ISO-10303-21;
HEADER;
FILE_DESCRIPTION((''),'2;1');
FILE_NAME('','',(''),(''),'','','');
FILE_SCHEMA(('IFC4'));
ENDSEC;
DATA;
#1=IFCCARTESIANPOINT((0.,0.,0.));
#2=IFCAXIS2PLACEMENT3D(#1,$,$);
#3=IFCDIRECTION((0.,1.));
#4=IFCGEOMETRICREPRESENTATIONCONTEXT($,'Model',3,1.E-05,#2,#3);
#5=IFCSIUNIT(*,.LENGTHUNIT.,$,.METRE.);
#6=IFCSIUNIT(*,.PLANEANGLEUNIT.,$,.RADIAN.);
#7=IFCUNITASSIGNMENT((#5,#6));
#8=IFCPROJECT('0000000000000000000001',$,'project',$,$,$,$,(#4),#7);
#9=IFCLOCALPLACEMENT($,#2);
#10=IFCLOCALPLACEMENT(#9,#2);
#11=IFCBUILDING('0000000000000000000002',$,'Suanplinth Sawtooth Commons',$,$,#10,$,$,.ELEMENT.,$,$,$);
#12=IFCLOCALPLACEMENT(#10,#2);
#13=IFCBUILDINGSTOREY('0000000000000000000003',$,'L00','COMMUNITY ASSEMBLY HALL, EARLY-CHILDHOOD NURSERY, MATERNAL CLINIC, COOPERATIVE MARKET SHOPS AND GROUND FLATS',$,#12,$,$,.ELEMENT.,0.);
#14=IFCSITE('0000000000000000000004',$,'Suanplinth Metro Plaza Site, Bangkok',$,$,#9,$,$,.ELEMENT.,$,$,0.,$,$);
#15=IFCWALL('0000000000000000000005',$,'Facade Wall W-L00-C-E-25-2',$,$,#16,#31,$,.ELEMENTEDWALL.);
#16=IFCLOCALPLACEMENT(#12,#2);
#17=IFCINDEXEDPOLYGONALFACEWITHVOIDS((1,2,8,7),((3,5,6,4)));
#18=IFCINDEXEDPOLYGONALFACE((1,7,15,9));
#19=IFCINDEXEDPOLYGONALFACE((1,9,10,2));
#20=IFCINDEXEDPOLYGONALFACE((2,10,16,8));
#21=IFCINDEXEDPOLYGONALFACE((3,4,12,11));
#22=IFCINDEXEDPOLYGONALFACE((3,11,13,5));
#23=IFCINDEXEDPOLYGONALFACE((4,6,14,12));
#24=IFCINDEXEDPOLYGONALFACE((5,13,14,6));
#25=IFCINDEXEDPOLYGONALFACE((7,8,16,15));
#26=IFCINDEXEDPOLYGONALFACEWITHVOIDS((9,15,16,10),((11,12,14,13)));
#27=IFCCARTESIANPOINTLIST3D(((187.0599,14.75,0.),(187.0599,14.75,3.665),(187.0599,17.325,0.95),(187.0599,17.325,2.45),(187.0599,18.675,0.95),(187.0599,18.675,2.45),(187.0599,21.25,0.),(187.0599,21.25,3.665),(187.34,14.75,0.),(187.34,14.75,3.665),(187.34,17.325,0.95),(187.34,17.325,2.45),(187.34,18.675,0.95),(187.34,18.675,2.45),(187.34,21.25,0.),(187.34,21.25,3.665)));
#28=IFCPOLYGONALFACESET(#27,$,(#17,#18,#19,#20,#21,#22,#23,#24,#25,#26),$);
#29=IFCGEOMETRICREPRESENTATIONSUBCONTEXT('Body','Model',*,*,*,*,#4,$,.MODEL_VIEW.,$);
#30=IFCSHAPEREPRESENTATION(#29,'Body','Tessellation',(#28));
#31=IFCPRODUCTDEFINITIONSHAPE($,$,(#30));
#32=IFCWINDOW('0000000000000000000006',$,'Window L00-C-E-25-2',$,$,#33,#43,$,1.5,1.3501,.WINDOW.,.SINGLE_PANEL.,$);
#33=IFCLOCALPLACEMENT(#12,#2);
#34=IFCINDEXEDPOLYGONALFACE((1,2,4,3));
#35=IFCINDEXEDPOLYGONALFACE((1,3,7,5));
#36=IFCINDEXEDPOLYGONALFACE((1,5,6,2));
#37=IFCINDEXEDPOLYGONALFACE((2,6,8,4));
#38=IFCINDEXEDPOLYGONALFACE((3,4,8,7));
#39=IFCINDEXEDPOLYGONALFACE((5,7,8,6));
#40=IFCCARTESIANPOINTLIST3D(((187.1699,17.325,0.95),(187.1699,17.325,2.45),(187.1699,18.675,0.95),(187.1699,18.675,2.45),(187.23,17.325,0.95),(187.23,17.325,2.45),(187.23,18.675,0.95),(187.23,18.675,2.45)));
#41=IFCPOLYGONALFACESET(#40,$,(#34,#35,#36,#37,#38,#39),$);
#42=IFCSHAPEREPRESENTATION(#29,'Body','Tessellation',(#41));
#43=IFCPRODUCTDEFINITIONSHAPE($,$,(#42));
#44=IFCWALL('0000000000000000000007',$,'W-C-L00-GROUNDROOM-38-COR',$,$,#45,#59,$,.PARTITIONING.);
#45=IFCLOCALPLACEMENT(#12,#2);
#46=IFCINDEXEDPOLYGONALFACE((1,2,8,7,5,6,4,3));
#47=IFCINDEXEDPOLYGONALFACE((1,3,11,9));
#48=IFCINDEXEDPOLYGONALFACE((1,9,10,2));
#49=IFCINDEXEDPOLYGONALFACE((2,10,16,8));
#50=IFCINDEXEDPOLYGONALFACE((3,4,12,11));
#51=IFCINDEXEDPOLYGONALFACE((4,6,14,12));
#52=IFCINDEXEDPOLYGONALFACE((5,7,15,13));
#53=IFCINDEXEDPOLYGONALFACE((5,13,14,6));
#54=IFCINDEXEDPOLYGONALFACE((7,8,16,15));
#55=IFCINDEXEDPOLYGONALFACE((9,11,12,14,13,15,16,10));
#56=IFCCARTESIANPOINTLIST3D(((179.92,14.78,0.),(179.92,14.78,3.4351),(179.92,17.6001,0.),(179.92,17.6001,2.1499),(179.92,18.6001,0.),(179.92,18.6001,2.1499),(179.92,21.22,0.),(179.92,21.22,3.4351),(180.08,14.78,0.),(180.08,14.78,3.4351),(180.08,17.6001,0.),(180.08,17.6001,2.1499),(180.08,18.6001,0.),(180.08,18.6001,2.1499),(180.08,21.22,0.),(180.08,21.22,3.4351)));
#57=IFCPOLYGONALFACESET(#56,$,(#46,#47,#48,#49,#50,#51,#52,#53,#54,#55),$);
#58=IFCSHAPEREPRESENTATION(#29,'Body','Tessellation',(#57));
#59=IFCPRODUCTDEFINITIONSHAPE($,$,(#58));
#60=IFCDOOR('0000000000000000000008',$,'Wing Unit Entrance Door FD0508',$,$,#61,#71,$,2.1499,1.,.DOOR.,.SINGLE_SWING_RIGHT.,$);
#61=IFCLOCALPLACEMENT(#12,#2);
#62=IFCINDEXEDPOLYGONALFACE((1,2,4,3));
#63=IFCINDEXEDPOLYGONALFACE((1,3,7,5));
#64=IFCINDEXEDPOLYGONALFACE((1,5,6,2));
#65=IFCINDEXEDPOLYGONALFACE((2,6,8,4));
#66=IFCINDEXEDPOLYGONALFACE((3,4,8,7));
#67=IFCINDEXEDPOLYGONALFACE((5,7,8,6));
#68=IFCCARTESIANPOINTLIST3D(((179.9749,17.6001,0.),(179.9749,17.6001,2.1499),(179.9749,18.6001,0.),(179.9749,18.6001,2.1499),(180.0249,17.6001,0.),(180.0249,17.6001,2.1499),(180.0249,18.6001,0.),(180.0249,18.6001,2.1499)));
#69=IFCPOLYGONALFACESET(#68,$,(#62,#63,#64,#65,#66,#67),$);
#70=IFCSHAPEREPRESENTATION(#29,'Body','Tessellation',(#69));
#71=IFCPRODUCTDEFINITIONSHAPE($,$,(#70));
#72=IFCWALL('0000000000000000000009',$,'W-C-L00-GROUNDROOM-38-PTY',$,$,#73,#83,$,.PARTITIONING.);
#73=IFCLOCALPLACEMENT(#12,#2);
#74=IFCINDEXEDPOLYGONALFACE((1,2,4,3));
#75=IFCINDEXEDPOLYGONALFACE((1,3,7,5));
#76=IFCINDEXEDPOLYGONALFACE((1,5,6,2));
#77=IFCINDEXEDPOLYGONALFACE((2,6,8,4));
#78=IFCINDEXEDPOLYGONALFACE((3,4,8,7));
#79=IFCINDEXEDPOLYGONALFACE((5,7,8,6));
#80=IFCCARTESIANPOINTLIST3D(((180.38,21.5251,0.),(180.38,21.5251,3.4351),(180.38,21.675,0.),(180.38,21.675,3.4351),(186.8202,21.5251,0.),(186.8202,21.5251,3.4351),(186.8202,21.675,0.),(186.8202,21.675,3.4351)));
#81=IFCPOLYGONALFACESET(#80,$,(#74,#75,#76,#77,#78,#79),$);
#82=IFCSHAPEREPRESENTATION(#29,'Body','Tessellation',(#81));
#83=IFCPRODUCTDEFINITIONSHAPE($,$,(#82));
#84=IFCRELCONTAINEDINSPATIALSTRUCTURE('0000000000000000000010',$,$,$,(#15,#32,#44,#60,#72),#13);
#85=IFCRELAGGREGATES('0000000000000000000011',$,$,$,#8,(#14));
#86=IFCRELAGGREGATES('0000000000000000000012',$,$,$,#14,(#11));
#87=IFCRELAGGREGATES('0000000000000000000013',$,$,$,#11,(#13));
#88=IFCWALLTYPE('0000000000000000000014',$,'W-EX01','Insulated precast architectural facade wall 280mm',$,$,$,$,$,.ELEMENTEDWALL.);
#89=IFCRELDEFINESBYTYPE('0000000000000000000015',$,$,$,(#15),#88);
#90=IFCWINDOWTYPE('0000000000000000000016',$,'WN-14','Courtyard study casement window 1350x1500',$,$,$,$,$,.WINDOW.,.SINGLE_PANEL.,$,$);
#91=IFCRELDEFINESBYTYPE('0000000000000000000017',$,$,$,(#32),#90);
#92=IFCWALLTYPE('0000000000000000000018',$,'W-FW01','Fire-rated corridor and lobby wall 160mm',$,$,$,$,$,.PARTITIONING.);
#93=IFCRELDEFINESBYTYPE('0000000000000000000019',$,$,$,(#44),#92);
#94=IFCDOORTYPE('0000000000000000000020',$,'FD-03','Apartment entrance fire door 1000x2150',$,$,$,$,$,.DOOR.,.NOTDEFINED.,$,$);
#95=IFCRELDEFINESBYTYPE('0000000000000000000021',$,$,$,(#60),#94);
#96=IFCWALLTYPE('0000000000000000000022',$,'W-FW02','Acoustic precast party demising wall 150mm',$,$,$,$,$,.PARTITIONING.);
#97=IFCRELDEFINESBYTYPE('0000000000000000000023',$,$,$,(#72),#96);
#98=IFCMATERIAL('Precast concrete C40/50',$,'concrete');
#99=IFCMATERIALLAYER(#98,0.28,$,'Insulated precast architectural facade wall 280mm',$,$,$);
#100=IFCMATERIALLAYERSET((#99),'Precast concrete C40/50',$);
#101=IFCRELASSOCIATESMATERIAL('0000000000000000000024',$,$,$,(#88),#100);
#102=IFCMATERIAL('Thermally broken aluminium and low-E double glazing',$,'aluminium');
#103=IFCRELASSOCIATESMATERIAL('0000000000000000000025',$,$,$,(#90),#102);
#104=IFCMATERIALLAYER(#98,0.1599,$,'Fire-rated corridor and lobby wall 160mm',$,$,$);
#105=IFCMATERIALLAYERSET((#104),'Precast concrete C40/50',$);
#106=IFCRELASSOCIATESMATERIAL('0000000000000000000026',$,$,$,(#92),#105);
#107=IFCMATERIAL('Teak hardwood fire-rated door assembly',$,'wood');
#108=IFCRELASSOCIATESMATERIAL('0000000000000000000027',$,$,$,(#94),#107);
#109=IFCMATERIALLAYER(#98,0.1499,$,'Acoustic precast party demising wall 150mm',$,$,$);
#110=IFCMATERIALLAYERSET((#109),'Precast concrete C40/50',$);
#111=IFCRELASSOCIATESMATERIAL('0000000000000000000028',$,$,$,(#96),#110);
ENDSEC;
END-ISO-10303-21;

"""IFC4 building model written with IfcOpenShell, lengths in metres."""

from ifc_helpers import new_model, si_unit, direction, frame, frame_2d, origin, place, context, subcontext, project, spatial, rectangle, extrude, material, layer, layer_set, type_object, element, fill, save


model = new_model("IFC4")

# Units and contexts
model_context = context("Model", 3, precision=1e-05, world=origin(), true_north=direction((0.0, 1.0)))
body_context = subcontext(model_context, "Body", "Model", "MODEL_VIEW")
ifc_project = project(units=[si_unit("LENGTHUNIT", "METRE"), si_unit("PLANEANGLEUNIT", "RADIAN")], contexts=[model_context])

# Site, building, storey
site_placement = place(None, origin())
site = spatial("IfcSite", under=ifc_project, at=site_placement, Name="Suanplinth Metro Plaza Site, Bangkok", CompositionType="ELEMENT", RefElevation=0.0)
building_placement = place(site_placement, origin())
building = spatial("IfcBuilding", under=site, at=building_placement, Name="Suanplinth Sawtooth Commons", CompositionType="ELEMENT")
storey_placement = place(building_placement, origin())
storey = spatial("IfcBuildingStorey", under=building, at=storey_placement, Name="L00", Description="COMMUNITY ASSEMBLY HALL, EARLY-CHILDHOOD NURSERY, MATERNAL CLINIC, COOPERATIVE MARKET SHOPS AND GROUND FLATS", CompositionType="ELEMENT", Elevation=0.0)

# Shared definitions
ifc_material_1 = material(Name="Precast concrete C40/50", Category="concrete")

# Wall, opening, window
ifc_layer_1 = layer(ifc_material_1, 0.28, Name="Insulated precast architectural facade wall 280mm")
ifc_layer_set_1 = layer_set([ifc_layer_1], Name="Precast concrete C40/50")
wall_type_1 = type_object("IfcWallType", Name="W-EX01", Description="Insulated precast architectural facade wall 280mm", PredefinedType="ELEMENTEDWALL", material=ifc_layer_set_1)
ifc_material_2 = material(Name="Thermally broken aluminium and low-E double glazing", Category="aluminium")
wall_1_placement = place(storey_placement, frame((187.2, 14.75, 0.0), z_axis=(0.0, 0.0, 1.0), x_axis=(0.0, 1.0, 0.0)))
wall_1 = element("IfcWall", 1, at=wall_1_placement, inside=storey, type_object=wall_type_1, Name="Facade Wall W-L00-C-E-25-2", PredefinedType="ELEMENTEDWALL", context=body_context, shape_type="SweptSolid", body=[
    extrude(rectangle(XDim=6.5, YDim=0.28, at=frame_2d((3.25, 0.0))), origin(), (0.0, 0.0, 1.0), 3.665),
])
opening_1_placement = place(wall_1_placement, frame((2.575, 0.0, 0.95)))
opening_1 = element("IfcOpeningElement", 2, at=opening_1_placement, cuts=wall_1, PredefinedType="OPENING", context=body_context, shape_type="SweptSolid", body=[
    extrude(rectangle(XDim=1.3501, YDim=1.5, at=frame_2d((0.675, 0.75))), frame((0.0, 0.1548, 0.0), z_axis=(0.0, -1.0, 0.0), x_axis=(1.0, 0.0, 0.0)), (0.0, 0.0, 1.0), 0.3098),
])
window_type_1 = type_object("IfcWindowType", Name="WN-14", Description="Courtyard study casement window 1350x1500", PartitioningType="SINGLE_PANEL", PredefinedType="WINDOW", material=ifc_material_2)
window_1_placement = place(opening_1_placement, origin())
window_1 = element("IfcWindow", 3, at=window_1_placement, inside=storey, type_object=window_type_1, Name="Window L00-C-E-25-2", OverallHeight=1.5, OverallWidth=1.3501, PartitioningType="SINGLE_PANEL", PredefinedType="WINDOW", context=body_context, shape_type="SweptSolid", body=[
    extrude(rectangle(XDim=1.3501, YDim=1.5, at=frame_2d((0.675, 0.75))), frame((0.0, 0.03, 0.0), z_axis=(0.0, -1.0, 0.0), x_axis=(1.0, 0.0, 0.0)), (0.0, 0.0, 1.0), 0.0601),
])
fill(opening_1, window_1)

# Wall, opening, door
ifc_layer_2 = layer(ifc_material_1, 0.1599, Name="Fire-rated corridor and lobby wall 160mm")
ifc_layer_set_2 = layer_set([ifc_layer_2], Name="Precast concrete C40/50")
wall_type_2 = type_object("IfcWallType", Name="W-FW01", Description="Fire-rated corridor and lobby wall 160mm", PredefinedType="PARTITIONING", material=ifc_layer_set_2)
wall_2_placement = place(storey_placement, frame((180.0, 14.78, 0.0), z_axis=(0.0, 0.0, 1.0), x_axis=(0.0, 1.0, 0.0)))
wall_2 = element("IfcWall", 4, at=wall_2_placement, inside=storey, type_object=wall_type_2, Name="W-C-L00-GROUNDROOM-38-COR", PredefinedType="PARTITIONING", context=body_context, shape_type="SweptSolid", body=[
    extrude(rectangle(XDim=6.4399, YDim=0.1599, at=frame_2d((3.22, 0.0))), origin(), (0.0, 0.0, 1.0), 3.4351),
])
opening_2_placement = place(wall_2_placement, frame((2.8201, 0.0, 0.0)))
opening_2 = element("IfcOpeningElement", 5, at=opening_2_placement, cuts=wall_2, PredefinedType="OPENING", context=body_context, shape_type="SweptSolid", body=[
    extrude(rectangle(XDim=1.0, YDim=2.1499, at=frame_2d((0.5, 1.075))), frame((0.0, 0.0947, 0.0), z_axis=(0.0, -1.0, 0.0), x_axis=(1.0, 0.0, 0.0)), (0.0, 0.0, 1.0), 0.1897),
])
ifc_material_3 = material(Name="Teak hardwood fire-rated door assembly", Category="wood")
door_type = type_object("IfcDoorType", Name="FD-03", Description="Apartment entrance fire door 1000x2150", OperationType="NOTDEFINED", PredefinedType="DOOR", material=ifc_material_3)
door_placement = place(opening_2_placement, frame((1.0, 0.0, 0.0), z_axis=(0.0, 0.0, 1.0), x_axis=(-1.0, 0.0, 0.0)))
door = element("IfcDoor", 6, at=door_placement, inside=storey, type_object=door_type, Name="Wing Unit Entrance Door FD0508", OperationType="SINGLE_SWING_RIGHT", OverallHeight=2.1499, OverallWidth=1.0, PredefinedType="DOOR", context=body_context, shape_type="SweptSolid", body=[
    extrude(rectangle(XDim=1.0, YDim=2.1499, at=frame_2d((0.5, 1.075))), frame((0.0, 0.0249, 0.0), z_axis=(0.0, -1.0, 0.0), x_axis=(1.0, 0.0, 0.0)), (0.0, 0.0, 1.0), 0.05),
])
fill(opening_2, door)

# Wall
ifc_layer_3 = layer(ifc_material_1, 0.1499, Name="Acoustic precast party demising wall 150mm")
ifc_layer_set_3 = layer_set([ifc_layer_3], Name="Precast concrete C40/50")
wall_type_3 = type_object("IfcWallType", Name="W-FW02", Description="Acoustic precast party demising wall 150mm", PredefinedType="PARTITIONING", material=ifc_layer_set_3)
wall_3_placement = place(storey_placement, frame((180.3799, 21.6001, 0.0), z_axis=(0.0, 0.0, 1.0), x_axis=(1.0, 0.0, 0.0)))
element("IfcWall", 7, at=wall_3_placement, inside=storey, type_object=wall_type_3, Name="W-C-L00-GROUNDROOM-38-PTY", PredefinedType="PARTITIONING", context=body_context, shape_type="SweptSolid", body=[
    extrude(rectangle(XDim=6.4402, YDim=0.1499, at=frame_2d((3.2202, 0.0))), origin(), (0.0, 0.0, 1.0), 3.4351),
])

save(model, "model.ifc")
